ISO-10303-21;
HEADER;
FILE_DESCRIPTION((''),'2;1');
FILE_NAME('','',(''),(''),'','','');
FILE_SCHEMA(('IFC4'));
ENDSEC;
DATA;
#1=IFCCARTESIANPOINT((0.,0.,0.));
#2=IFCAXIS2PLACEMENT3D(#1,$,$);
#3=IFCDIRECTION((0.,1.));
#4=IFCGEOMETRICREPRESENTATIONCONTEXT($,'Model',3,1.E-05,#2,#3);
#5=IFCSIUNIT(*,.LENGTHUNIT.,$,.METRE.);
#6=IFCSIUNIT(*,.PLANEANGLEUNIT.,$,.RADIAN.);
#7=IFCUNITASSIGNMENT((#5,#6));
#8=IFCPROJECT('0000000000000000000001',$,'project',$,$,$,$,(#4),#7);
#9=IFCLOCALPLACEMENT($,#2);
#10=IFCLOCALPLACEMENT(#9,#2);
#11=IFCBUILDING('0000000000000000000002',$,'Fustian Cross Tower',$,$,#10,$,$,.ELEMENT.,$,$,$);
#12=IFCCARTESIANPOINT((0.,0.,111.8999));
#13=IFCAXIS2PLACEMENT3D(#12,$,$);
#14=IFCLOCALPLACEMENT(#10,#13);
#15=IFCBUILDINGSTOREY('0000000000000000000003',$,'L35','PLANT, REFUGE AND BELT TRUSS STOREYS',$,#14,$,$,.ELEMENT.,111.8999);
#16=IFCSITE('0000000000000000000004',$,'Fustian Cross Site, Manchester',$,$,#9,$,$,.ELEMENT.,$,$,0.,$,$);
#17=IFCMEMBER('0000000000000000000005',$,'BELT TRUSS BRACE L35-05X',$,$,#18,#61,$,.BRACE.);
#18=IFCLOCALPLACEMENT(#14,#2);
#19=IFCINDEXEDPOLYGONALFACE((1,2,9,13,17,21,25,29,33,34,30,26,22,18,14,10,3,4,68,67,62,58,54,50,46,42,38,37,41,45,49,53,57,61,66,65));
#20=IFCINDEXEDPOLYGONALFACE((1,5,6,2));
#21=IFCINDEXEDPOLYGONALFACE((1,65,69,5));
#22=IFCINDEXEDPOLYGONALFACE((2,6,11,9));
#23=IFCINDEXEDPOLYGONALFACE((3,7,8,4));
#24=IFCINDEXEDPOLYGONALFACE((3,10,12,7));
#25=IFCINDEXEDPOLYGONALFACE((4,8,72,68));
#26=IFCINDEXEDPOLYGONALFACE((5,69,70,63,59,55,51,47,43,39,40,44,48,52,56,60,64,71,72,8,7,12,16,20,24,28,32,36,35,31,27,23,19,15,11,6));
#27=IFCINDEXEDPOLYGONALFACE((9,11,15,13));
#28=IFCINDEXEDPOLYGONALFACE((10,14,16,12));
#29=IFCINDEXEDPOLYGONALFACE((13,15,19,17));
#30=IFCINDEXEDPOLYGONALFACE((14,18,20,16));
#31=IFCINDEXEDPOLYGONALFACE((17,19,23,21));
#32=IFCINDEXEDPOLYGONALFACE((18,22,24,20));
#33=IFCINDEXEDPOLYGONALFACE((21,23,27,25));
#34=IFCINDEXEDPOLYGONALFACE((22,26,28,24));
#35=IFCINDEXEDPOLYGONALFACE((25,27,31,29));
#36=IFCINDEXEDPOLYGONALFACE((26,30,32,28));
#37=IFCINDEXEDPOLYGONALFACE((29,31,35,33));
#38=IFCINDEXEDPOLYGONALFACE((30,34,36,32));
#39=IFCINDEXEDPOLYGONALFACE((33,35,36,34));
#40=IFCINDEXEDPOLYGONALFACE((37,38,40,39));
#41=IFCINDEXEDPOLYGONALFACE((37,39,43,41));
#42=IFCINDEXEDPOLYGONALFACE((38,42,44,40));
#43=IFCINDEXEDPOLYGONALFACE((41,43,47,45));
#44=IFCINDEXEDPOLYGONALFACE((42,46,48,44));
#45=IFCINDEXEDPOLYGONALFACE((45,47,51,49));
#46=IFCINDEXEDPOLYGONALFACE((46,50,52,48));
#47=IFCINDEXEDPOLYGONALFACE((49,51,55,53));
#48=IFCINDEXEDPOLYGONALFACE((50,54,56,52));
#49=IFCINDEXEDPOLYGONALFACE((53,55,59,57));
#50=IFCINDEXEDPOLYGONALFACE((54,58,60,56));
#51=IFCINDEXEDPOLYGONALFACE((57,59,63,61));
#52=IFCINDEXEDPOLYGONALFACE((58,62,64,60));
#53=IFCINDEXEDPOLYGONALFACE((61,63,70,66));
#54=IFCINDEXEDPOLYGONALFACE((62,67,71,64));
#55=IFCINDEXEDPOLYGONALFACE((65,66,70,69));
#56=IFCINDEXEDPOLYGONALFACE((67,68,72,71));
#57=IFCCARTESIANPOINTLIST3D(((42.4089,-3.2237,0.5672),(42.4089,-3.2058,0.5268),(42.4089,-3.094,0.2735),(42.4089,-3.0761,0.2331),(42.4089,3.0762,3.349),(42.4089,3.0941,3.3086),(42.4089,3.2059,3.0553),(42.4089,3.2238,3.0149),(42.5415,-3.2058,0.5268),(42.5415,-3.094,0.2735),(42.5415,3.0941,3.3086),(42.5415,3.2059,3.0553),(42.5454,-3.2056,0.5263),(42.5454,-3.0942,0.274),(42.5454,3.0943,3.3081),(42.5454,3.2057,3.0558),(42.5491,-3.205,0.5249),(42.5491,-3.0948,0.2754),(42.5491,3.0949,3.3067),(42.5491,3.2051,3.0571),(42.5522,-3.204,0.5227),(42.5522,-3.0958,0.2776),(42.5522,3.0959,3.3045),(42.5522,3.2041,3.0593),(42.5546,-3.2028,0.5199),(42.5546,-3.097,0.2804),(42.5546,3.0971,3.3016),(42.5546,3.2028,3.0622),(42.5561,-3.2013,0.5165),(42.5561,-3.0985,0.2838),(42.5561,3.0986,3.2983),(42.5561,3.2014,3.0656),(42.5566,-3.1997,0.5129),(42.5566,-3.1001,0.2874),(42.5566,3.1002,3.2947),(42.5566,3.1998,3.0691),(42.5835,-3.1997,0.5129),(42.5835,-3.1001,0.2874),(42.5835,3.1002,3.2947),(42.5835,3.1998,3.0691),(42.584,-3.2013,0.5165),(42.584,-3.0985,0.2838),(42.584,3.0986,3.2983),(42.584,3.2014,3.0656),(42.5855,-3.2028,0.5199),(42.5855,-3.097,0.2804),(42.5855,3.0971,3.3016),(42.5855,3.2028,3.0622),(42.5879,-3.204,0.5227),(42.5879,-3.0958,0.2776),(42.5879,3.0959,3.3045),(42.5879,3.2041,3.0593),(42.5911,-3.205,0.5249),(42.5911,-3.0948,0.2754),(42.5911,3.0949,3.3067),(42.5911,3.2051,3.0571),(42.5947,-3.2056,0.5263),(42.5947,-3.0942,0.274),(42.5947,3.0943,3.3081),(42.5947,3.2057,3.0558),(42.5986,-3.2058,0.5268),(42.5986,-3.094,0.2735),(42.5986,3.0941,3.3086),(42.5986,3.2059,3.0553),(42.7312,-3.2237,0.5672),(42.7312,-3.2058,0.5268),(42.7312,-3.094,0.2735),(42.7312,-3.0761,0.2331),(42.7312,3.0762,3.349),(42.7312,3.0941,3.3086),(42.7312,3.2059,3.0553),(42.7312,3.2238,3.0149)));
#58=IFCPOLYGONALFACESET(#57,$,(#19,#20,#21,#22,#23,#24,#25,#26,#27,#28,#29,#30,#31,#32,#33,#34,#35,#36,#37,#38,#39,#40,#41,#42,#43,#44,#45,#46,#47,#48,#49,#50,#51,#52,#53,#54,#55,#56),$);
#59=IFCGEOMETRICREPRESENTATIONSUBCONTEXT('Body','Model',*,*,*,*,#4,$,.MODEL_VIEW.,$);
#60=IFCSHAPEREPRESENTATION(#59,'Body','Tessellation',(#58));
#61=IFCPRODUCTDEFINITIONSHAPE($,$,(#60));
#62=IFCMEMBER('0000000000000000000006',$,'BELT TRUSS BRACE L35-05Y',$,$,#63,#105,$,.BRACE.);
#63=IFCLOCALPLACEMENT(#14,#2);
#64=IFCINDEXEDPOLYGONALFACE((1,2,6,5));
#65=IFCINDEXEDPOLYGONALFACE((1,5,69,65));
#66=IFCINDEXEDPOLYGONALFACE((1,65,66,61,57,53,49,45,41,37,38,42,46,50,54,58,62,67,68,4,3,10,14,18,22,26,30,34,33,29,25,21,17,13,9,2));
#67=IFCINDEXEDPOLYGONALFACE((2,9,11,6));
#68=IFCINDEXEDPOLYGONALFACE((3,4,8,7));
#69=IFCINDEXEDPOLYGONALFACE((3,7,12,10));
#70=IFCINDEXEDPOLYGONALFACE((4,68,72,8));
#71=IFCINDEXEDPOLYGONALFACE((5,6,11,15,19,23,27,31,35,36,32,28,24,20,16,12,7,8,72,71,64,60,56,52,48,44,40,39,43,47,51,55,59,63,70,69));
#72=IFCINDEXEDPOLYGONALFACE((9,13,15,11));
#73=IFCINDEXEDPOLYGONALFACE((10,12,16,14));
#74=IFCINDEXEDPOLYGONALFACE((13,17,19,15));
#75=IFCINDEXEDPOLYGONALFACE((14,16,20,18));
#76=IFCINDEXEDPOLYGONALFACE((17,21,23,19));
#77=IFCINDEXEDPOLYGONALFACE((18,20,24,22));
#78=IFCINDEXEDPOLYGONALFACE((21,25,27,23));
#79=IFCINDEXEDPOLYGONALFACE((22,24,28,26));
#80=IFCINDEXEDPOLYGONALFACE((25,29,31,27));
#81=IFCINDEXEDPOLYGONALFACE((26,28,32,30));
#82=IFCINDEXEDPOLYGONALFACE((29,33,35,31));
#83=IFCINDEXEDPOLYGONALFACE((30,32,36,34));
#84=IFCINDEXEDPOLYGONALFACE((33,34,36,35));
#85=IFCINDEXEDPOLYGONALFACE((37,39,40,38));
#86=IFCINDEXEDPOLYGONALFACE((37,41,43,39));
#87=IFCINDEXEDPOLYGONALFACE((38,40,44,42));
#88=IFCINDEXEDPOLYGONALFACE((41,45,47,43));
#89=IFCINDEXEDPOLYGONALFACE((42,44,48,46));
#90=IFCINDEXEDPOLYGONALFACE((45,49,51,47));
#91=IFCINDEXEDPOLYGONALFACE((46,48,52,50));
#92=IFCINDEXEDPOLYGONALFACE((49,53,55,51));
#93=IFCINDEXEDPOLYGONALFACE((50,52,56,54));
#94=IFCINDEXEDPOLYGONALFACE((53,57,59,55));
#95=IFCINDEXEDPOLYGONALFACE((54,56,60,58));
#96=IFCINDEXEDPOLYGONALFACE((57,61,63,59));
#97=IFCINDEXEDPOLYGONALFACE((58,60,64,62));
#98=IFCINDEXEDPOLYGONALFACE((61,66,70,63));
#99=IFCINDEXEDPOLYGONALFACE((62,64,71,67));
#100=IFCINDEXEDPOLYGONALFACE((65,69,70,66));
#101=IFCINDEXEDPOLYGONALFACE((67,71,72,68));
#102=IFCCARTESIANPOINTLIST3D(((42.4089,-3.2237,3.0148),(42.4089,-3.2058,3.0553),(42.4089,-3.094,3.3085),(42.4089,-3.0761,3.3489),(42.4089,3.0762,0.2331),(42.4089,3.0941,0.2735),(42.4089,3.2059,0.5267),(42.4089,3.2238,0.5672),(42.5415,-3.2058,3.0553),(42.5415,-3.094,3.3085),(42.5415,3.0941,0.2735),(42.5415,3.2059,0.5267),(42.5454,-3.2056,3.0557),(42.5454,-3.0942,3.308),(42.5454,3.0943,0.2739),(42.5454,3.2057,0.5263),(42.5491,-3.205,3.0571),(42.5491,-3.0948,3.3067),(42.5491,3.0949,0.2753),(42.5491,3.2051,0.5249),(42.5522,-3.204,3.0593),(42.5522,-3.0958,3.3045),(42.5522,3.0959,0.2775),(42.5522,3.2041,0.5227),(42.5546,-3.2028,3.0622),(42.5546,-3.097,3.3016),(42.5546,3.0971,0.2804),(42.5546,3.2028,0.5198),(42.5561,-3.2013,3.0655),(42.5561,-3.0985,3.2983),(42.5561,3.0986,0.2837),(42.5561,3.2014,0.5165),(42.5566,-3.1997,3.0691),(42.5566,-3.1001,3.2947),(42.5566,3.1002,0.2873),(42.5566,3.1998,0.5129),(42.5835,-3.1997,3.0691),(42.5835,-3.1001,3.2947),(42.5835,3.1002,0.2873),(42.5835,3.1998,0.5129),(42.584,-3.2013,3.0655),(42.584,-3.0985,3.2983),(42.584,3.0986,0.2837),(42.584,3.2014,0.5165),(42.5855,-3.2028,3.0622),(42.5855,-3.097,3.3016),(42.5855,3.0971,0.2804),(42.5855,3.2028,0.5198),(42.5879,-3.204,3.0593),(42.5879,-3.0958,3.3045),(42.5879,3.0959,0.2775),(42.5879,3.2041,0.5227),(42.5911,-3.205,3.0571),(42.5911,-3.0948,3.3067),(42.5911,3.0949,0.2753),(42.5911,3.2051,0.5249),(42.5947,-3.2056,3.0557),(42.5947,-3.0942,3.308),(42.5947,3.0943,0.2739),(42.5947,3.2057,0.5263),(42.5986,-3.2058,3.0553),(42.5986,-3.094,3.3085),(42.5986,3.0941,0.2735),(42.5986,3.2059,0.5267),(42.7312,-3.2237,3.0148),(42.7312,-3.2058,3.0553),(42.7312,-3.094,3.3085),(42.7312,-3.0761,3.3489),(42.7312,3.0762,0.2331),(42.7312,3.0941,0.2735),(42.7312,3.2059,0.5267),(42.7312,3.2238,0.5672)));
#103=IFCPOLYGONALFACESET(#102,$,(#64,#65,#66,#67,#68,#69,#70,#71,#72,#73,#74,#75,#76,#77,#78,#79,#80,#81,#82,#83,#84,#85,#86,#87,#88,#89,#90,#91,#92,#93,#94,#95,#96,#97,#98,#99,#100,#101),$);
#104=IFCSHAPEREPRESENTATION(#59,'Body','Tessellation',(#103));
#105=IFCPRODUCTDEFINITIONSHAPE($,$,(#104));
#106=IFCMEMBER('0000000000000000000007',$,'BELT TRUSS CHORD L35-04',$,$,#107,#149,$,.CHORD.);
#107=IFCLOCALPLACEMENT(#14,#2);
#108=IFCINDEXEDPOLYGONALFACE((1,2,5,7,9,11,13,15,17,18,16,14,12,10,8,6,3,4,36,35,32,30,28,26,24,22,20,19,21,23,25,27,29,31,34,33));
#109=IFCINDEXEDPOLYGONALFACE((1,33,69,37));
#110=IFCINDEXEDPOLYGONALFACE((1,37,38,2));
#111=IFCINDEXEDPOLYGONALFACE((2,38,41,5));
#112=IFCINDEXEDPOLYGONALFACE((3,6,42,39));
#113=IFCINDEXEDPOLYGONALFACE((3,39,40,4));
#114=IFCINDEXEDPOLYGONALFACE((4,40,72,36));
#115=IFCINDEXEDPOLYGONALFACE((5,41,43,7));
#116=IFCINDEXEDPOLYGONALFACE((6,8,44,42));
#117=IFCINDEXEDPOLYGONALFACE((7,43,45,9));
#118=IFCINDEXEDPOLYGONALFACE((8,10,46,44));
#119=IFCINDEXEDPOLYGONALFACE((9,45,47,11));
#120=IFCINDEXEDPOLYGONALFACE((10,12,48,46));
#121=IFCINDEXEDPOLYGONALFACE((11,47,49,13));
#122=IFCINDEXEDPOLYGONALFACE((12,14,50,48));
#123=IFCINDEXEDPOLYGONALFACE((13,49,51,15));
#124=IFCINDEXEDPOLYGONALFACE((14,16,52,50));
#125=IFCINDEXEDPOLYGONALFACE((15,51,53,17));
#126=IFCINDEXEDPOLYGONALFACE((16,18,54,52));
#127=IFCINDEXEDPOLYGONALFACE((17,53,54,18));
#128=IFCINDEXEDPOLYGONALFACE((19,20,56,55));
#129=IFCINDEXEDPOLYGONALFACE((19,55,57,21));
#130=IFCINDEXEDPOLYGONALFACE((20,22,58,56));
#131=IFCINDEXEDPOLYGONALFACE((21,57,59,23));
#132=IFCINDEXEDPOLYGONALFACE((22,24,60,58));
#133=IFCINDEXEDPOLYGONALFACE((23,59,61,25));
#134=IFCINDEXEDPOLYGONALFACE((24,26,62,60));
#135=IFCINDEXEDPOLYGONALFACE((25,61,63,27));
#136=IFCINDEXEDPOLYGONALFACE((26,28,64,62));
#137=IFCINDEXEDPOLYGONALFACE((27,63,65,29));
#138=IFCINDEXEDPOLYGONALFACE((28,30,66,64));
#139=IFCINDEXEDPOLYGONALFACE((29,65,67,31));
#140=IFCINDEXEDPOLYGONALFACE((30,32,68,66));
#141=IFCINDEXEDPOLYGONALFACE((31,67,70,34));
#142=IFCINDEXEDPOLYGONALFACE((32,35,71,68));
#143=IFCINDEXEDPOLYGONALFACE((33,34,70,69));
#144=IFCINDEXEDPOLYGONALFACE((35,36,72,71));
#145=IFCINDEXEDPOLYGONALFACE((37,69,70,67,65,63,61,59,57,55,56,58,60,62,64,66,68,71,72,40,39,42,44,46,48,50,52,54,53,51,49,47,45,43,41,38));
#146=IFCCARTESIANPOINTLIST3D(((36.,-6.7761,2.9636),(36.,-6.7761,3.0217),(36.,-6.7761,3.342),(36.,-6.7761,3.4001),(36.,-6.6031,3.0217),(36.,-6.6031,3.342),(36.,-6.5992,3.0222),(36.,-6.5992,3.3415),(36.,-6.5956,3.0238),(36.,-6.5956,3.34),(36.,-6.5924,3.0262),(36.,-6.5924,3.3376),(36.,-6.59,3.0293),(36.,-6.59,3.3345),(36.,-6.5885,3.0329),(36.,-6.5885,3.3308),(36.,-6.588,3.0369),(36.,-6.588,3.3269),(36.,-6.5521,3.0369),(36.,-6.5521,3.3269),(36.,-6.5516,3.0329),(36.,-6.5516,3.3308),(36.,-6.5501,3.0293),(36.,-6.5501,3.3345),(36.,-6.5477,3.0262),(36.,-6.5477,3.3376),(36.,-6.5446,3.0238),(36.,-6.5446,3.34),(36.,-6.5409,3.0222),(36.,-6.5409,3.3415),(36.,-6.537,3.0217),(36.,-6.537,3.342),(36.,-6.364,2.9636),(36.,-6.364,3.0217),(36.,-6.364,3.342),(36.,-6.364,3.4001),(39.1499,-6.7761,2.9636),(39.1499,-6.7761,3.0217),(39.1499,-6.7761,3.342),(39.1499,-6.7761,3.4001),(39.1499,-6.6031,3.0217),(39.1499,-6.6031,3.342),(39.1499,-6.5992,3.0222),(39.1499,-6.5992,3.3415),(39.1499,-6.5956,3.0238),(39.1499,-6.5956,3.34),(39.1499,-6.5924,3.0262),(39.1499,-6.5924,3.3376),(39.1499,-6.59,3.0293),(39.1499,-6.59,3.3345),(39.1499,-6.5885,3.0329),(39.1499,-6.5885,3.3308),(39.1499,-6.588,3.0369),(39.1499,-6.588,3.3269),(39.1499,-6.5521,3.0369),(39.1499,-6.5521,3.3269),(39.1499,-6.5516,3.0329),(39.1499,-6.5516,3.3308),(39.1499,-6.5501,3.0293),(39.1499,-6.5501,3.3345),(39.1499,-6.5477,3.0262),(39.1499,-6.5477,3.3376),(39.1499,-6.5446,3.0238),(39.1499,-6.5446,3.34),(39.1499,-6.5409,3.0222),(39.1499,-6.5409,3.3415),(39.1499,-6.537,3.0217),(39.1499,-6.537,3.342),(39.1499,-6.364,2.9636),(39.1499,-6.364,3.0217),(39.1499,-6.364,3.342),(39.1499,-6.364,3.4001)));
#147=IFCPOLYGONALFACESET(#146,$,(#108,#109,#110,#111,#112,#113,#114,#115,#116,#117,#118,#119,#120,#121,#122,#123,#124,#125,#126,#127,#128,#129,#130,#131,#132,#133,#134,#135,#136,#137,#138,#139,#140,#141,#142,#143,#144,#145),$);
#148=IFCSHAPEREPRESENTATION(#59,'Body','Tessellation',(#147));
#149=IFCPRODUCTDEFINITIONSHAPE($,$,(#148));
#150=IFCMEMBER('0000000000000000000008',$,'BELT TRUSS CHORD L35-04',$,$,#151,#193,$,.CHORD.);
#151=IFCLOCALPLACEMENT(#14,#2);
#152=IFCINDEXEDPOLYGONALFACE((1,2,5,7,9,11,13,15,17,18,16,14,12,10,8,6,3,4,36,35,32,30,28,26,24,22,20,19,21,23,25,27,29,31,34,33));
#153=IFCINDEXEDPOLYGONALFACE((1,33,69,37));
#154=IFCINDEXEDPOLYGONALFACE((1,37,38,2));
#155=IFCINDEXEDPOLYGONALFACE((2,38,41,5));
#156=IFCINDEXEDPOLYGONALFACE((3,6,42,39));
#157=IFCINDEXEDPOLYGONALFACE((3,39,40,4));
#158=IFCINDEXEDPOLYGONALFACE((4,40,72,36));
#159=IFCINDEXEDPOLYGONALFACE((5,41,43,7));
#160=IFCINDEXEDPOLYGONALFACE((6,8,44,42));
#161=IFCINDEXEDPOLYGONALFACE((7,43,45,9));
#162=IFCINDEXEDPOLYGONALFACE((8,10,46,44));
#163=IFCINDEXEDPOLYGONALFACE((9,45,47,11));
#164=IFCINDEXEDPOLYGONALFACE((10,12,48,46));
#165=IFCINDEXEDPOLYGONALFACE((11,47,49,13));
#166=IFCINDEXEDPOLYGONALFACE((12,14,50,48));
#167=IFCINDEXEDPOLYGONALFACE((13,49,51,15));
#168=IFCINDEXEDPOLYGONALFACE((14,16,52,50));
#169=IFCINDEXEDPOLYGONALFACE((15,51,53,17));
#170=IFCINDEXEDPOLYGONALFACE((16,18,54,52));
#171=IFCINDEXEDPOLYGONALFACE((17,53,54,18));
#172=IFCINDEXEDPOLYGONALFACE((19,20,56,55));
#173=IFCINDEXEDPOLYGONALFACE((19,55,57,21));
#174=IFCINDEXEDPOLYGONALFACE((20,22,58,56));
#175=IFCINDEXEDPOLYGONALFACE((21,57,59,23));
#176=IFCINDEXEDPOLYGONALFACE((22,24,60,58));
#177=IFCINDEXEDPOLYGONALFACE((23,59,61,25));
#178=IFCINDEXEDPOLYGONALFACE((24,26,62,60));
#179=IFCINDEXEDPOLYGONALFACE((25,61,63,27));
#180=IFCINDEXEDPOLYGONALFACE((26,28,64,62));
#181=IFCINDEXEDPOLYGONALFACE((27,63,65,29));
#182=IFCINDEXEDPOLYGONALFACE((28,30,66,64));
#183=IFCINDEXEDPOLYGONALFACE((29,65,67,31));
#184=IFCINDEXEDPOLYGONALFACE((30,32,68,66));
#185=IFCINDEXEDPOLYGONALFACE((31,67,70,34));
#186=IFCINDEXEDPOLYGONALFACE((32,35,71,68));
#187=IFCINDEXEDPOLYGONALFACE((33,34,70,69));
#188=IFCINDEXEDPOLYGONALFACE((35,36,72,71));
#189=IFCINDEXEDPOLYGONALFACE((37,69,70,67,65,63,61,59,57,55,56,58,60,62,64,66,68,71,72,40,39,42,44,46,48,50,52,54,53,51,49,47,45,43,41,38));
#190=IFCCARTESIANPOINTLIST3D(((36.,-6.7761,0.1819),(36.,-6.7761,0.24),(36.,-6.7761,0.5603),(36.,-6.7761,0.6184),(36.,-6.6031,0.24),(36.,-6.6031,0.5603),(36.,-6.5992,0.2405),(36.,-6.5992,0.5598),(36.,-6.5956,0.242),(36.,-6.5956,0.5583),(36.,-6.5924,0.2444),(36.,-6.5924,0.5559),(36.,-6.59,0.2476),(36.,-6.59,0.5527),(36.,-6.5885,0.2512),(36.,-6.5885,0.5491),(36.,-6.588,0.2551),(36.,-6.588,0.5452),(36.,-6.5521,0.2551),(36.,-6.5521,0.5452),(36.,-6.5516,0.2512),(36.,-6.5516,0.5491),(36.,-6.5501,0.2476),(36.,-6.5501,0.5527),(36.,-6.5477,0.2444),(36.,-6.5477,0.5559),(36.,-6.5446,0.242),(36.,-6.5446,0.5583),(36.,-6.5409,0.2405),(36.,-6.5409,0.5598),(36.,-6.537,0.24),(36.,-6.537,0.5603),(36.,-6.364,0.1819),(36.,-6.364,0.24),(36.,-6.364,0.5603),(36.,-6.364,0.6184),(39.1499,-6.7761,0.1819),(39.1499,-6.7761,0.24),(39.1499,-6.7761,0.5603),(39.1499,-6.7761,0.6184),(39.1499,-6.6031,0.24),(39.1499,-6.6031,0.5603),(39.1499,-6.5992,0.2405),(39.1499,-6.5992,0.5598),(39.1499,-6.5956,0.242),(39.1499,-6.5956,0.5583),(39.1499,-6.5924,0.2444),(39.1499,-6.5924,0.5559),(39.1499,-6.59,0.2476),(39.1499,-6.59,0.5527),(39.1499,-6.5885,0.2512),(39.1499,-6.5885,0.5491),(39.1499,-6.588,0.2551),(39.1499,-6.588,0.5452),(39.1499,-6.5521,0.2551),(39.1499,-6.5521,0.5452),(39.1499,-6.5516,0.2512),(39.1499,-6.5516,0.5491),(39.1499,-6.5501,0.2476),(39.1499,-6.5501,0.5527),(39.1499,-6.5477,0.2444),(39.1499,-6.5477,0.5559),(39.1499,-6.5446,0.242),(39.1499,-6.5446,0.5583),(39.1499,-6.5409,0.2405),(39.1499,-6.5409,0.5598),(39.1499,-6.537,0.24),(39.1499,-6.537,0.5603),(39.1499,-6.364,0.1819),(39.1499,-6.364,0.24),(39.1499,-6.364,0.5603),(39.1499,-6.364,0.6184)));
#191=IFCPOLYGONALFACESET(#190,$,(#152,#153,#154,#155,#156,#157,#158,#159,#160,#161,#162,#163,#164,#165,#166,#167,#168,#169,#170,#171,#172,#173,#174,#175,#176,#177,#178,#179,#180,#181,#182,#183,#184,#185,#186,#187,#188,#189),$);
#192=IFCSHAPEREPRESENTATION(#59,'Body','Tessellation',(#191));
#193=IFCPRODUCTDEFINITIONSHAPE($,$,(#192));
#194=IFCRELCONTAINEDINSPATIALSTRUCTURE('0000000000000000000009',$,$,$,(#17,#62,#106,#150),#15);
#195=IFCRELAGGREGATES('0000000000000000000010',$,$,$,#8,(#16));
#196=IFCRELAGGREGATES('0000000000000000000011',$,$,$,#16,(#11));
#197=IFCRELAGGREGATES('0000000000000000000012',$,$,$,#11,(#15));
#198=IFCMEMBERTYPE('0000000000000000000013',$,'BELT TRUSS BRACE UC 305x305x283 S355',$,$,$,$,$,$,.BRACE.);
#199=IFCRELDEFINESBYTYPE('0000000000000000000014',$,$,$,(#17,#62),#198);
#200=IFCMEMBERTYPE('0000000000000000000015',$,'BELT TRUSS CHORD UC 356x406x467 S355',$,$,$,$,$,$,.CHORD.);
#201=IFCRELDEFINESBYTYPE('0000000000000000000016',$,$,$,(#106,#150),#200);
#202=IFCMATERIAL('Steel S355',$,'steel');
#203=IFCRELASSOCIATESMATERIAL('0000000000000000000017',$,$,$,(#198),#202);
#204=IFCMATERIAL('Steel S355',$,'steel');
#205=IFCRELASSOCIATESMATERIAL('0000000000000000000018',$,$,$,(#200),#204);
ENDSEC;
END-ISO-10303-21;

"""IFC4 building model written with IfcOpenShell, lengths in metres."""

from ifc_helpers import new_model, si_unit, direction, frame, origin, origin_2d, place, context, subcontext, project, spatial, i_section, extrude, material, material_profile, profile_set, type_object, element, save


model = new_model("IFC4")

# Units and contexts
model_context = context("Model", 3, precision=1e-05, world=origin(), true_north=direction((0.0, 1.0)))
body_context = subcontext(model_context, "Body", "Model", "MODEL_VIEW")
ifc_project = project(units=[si_unit("LENGTHUNIT", "METRE"), si_unit("PLANEANGLEUNIT", "RADIAN")], contexts=[model_context])

# Site, building, storey
site_placement = place(None, origin())
site = spatial("IfcSite", under=ifc_project, at=site_placement, Name="Fustian Cross Site, Manchester", CompositionType="ELEMENT", RefElevation=0.0)
building_placement = place(site_placement, origin())
building = spatial("IfcBuilding", under=site, at=building_placement, Name="Fustian Cross Tower", CompositionType="ELEMENT")
storey_placement = place(building_placement, frame((0.0, 0.0, 111.8999)))
storey = spatial("IfcBuildingStorey", under=building, at=storey_placement, Name="L35", Description="PLANT, REFUGE AND BELT TRUSS STOREYS", CompositionType="ELEMENT", Elevation=111.8999)

# Members
ifc_material_1 = material(Name="Steel S355", Category="steel")
ifc_material_profile_1 = material_profile(ifc_material_1, i_section(OverallWidth=0.3223, OverallDepth=0.3652, WebThickness=0.0269, FlangeThickness=0.0442, FilletRadius=0.0151, at=origin_2d()), Name="UC 305x305x283")
ifc_profile_set_1 = profile_set([ifc_material_profile_1], Name="Steel S355")
member_type_1 = type_object("IfcMemberType", Name="BELT TRUSS BRACE UC 305x305x283 S355", PredefinedType="BRACE", material=ifc_profile_set_1)
for number, where, z_axis, x_axis, name in (
    (1, (42.5701, -3.1499, 0.4001), (0.0, 0.914788, 0.403933), (-1.0, 0.0, 0.0), "BELT TRUSS BRACE L35-05X"),
    (2, (42.5701, -3.1499, 3.1819), (0.0, 0.914788, -0.403933), (-1.0, 0.0, 0.0), "BELT TRUSS BRACE L35-05Y"),
):
    element("IfcMember", number, at=place(storey_placement, frame(where, z_axis=z_axis, x_axis=x_axis)), inside=storey, type_object=member_type_1, Name=name, PredefinedType="BRACE", context=body_context, shape_type="SweptSolid", body=[
        extrude(i_section(OverallWidth=0.3223, OverallDepth=0.3652, WebThickness=0.0269, FlangeThickness=0.0442, FilletRadius=0.0151, at=origin_2d()), origin(), (0.0, 0.0, 1.0), 6.8867),
    ])
ifc_material_2 = material(Name="Steel S355", Category="steel")
ifc_material_profile_2 = material_profile(ifc_material_2, i_section(OverallWidth=0.4121, OverallDepth=0.4365, WebThickness=0.0359, FlangeThickness=0.0581, FilletRadius=0.0151, at=origin_2d()), Name="UC 356x406x467")
ifc_profile_set_2 = profile_set([ifc_material_profile_2], Name="Steel S355")
member_type_2 = type_object("IfcMemberType", Name="BELT TRUSS CHORD UC 356x406x467 S355", PredefinedType="CHORD", material=ifc_profile_set_2)
for number, where, z_axis, x_axis, name in (
    (3, (36.0, -6.5701, 3.1819), (1.0, 0.0, 0.0), (0.0, 1.0, 0.0), "BELT TRUSS CHORD L35-04"),
    (4, (36.0, -6.5701, 0.4001), (1.0, 0.0, 0.0), (0.0, 1.0, 0.0), "BELT TRUSS CHORD L35-04"),
):
    element("IfcMember", number, at=place(storey_placement, frame(where, z_axis=z_axis, x_axis=x_axis)), inside=storey, type_object=member_type_2, Name=name, PredefinedType="CHORD", context=body_context, shape_type="SweptSolid", body=[
        extrude(i_section(OverallWidth=0.4121, OverallDepth=0.4365, WebThickness=0.0359, FlangeThickness=0.0581, FilletRadius=0.0151, at=origin_2d()), origin(), (0.0, 0.0, 1.0), 3.1499),
    ])

save(model, "model.ifc")
